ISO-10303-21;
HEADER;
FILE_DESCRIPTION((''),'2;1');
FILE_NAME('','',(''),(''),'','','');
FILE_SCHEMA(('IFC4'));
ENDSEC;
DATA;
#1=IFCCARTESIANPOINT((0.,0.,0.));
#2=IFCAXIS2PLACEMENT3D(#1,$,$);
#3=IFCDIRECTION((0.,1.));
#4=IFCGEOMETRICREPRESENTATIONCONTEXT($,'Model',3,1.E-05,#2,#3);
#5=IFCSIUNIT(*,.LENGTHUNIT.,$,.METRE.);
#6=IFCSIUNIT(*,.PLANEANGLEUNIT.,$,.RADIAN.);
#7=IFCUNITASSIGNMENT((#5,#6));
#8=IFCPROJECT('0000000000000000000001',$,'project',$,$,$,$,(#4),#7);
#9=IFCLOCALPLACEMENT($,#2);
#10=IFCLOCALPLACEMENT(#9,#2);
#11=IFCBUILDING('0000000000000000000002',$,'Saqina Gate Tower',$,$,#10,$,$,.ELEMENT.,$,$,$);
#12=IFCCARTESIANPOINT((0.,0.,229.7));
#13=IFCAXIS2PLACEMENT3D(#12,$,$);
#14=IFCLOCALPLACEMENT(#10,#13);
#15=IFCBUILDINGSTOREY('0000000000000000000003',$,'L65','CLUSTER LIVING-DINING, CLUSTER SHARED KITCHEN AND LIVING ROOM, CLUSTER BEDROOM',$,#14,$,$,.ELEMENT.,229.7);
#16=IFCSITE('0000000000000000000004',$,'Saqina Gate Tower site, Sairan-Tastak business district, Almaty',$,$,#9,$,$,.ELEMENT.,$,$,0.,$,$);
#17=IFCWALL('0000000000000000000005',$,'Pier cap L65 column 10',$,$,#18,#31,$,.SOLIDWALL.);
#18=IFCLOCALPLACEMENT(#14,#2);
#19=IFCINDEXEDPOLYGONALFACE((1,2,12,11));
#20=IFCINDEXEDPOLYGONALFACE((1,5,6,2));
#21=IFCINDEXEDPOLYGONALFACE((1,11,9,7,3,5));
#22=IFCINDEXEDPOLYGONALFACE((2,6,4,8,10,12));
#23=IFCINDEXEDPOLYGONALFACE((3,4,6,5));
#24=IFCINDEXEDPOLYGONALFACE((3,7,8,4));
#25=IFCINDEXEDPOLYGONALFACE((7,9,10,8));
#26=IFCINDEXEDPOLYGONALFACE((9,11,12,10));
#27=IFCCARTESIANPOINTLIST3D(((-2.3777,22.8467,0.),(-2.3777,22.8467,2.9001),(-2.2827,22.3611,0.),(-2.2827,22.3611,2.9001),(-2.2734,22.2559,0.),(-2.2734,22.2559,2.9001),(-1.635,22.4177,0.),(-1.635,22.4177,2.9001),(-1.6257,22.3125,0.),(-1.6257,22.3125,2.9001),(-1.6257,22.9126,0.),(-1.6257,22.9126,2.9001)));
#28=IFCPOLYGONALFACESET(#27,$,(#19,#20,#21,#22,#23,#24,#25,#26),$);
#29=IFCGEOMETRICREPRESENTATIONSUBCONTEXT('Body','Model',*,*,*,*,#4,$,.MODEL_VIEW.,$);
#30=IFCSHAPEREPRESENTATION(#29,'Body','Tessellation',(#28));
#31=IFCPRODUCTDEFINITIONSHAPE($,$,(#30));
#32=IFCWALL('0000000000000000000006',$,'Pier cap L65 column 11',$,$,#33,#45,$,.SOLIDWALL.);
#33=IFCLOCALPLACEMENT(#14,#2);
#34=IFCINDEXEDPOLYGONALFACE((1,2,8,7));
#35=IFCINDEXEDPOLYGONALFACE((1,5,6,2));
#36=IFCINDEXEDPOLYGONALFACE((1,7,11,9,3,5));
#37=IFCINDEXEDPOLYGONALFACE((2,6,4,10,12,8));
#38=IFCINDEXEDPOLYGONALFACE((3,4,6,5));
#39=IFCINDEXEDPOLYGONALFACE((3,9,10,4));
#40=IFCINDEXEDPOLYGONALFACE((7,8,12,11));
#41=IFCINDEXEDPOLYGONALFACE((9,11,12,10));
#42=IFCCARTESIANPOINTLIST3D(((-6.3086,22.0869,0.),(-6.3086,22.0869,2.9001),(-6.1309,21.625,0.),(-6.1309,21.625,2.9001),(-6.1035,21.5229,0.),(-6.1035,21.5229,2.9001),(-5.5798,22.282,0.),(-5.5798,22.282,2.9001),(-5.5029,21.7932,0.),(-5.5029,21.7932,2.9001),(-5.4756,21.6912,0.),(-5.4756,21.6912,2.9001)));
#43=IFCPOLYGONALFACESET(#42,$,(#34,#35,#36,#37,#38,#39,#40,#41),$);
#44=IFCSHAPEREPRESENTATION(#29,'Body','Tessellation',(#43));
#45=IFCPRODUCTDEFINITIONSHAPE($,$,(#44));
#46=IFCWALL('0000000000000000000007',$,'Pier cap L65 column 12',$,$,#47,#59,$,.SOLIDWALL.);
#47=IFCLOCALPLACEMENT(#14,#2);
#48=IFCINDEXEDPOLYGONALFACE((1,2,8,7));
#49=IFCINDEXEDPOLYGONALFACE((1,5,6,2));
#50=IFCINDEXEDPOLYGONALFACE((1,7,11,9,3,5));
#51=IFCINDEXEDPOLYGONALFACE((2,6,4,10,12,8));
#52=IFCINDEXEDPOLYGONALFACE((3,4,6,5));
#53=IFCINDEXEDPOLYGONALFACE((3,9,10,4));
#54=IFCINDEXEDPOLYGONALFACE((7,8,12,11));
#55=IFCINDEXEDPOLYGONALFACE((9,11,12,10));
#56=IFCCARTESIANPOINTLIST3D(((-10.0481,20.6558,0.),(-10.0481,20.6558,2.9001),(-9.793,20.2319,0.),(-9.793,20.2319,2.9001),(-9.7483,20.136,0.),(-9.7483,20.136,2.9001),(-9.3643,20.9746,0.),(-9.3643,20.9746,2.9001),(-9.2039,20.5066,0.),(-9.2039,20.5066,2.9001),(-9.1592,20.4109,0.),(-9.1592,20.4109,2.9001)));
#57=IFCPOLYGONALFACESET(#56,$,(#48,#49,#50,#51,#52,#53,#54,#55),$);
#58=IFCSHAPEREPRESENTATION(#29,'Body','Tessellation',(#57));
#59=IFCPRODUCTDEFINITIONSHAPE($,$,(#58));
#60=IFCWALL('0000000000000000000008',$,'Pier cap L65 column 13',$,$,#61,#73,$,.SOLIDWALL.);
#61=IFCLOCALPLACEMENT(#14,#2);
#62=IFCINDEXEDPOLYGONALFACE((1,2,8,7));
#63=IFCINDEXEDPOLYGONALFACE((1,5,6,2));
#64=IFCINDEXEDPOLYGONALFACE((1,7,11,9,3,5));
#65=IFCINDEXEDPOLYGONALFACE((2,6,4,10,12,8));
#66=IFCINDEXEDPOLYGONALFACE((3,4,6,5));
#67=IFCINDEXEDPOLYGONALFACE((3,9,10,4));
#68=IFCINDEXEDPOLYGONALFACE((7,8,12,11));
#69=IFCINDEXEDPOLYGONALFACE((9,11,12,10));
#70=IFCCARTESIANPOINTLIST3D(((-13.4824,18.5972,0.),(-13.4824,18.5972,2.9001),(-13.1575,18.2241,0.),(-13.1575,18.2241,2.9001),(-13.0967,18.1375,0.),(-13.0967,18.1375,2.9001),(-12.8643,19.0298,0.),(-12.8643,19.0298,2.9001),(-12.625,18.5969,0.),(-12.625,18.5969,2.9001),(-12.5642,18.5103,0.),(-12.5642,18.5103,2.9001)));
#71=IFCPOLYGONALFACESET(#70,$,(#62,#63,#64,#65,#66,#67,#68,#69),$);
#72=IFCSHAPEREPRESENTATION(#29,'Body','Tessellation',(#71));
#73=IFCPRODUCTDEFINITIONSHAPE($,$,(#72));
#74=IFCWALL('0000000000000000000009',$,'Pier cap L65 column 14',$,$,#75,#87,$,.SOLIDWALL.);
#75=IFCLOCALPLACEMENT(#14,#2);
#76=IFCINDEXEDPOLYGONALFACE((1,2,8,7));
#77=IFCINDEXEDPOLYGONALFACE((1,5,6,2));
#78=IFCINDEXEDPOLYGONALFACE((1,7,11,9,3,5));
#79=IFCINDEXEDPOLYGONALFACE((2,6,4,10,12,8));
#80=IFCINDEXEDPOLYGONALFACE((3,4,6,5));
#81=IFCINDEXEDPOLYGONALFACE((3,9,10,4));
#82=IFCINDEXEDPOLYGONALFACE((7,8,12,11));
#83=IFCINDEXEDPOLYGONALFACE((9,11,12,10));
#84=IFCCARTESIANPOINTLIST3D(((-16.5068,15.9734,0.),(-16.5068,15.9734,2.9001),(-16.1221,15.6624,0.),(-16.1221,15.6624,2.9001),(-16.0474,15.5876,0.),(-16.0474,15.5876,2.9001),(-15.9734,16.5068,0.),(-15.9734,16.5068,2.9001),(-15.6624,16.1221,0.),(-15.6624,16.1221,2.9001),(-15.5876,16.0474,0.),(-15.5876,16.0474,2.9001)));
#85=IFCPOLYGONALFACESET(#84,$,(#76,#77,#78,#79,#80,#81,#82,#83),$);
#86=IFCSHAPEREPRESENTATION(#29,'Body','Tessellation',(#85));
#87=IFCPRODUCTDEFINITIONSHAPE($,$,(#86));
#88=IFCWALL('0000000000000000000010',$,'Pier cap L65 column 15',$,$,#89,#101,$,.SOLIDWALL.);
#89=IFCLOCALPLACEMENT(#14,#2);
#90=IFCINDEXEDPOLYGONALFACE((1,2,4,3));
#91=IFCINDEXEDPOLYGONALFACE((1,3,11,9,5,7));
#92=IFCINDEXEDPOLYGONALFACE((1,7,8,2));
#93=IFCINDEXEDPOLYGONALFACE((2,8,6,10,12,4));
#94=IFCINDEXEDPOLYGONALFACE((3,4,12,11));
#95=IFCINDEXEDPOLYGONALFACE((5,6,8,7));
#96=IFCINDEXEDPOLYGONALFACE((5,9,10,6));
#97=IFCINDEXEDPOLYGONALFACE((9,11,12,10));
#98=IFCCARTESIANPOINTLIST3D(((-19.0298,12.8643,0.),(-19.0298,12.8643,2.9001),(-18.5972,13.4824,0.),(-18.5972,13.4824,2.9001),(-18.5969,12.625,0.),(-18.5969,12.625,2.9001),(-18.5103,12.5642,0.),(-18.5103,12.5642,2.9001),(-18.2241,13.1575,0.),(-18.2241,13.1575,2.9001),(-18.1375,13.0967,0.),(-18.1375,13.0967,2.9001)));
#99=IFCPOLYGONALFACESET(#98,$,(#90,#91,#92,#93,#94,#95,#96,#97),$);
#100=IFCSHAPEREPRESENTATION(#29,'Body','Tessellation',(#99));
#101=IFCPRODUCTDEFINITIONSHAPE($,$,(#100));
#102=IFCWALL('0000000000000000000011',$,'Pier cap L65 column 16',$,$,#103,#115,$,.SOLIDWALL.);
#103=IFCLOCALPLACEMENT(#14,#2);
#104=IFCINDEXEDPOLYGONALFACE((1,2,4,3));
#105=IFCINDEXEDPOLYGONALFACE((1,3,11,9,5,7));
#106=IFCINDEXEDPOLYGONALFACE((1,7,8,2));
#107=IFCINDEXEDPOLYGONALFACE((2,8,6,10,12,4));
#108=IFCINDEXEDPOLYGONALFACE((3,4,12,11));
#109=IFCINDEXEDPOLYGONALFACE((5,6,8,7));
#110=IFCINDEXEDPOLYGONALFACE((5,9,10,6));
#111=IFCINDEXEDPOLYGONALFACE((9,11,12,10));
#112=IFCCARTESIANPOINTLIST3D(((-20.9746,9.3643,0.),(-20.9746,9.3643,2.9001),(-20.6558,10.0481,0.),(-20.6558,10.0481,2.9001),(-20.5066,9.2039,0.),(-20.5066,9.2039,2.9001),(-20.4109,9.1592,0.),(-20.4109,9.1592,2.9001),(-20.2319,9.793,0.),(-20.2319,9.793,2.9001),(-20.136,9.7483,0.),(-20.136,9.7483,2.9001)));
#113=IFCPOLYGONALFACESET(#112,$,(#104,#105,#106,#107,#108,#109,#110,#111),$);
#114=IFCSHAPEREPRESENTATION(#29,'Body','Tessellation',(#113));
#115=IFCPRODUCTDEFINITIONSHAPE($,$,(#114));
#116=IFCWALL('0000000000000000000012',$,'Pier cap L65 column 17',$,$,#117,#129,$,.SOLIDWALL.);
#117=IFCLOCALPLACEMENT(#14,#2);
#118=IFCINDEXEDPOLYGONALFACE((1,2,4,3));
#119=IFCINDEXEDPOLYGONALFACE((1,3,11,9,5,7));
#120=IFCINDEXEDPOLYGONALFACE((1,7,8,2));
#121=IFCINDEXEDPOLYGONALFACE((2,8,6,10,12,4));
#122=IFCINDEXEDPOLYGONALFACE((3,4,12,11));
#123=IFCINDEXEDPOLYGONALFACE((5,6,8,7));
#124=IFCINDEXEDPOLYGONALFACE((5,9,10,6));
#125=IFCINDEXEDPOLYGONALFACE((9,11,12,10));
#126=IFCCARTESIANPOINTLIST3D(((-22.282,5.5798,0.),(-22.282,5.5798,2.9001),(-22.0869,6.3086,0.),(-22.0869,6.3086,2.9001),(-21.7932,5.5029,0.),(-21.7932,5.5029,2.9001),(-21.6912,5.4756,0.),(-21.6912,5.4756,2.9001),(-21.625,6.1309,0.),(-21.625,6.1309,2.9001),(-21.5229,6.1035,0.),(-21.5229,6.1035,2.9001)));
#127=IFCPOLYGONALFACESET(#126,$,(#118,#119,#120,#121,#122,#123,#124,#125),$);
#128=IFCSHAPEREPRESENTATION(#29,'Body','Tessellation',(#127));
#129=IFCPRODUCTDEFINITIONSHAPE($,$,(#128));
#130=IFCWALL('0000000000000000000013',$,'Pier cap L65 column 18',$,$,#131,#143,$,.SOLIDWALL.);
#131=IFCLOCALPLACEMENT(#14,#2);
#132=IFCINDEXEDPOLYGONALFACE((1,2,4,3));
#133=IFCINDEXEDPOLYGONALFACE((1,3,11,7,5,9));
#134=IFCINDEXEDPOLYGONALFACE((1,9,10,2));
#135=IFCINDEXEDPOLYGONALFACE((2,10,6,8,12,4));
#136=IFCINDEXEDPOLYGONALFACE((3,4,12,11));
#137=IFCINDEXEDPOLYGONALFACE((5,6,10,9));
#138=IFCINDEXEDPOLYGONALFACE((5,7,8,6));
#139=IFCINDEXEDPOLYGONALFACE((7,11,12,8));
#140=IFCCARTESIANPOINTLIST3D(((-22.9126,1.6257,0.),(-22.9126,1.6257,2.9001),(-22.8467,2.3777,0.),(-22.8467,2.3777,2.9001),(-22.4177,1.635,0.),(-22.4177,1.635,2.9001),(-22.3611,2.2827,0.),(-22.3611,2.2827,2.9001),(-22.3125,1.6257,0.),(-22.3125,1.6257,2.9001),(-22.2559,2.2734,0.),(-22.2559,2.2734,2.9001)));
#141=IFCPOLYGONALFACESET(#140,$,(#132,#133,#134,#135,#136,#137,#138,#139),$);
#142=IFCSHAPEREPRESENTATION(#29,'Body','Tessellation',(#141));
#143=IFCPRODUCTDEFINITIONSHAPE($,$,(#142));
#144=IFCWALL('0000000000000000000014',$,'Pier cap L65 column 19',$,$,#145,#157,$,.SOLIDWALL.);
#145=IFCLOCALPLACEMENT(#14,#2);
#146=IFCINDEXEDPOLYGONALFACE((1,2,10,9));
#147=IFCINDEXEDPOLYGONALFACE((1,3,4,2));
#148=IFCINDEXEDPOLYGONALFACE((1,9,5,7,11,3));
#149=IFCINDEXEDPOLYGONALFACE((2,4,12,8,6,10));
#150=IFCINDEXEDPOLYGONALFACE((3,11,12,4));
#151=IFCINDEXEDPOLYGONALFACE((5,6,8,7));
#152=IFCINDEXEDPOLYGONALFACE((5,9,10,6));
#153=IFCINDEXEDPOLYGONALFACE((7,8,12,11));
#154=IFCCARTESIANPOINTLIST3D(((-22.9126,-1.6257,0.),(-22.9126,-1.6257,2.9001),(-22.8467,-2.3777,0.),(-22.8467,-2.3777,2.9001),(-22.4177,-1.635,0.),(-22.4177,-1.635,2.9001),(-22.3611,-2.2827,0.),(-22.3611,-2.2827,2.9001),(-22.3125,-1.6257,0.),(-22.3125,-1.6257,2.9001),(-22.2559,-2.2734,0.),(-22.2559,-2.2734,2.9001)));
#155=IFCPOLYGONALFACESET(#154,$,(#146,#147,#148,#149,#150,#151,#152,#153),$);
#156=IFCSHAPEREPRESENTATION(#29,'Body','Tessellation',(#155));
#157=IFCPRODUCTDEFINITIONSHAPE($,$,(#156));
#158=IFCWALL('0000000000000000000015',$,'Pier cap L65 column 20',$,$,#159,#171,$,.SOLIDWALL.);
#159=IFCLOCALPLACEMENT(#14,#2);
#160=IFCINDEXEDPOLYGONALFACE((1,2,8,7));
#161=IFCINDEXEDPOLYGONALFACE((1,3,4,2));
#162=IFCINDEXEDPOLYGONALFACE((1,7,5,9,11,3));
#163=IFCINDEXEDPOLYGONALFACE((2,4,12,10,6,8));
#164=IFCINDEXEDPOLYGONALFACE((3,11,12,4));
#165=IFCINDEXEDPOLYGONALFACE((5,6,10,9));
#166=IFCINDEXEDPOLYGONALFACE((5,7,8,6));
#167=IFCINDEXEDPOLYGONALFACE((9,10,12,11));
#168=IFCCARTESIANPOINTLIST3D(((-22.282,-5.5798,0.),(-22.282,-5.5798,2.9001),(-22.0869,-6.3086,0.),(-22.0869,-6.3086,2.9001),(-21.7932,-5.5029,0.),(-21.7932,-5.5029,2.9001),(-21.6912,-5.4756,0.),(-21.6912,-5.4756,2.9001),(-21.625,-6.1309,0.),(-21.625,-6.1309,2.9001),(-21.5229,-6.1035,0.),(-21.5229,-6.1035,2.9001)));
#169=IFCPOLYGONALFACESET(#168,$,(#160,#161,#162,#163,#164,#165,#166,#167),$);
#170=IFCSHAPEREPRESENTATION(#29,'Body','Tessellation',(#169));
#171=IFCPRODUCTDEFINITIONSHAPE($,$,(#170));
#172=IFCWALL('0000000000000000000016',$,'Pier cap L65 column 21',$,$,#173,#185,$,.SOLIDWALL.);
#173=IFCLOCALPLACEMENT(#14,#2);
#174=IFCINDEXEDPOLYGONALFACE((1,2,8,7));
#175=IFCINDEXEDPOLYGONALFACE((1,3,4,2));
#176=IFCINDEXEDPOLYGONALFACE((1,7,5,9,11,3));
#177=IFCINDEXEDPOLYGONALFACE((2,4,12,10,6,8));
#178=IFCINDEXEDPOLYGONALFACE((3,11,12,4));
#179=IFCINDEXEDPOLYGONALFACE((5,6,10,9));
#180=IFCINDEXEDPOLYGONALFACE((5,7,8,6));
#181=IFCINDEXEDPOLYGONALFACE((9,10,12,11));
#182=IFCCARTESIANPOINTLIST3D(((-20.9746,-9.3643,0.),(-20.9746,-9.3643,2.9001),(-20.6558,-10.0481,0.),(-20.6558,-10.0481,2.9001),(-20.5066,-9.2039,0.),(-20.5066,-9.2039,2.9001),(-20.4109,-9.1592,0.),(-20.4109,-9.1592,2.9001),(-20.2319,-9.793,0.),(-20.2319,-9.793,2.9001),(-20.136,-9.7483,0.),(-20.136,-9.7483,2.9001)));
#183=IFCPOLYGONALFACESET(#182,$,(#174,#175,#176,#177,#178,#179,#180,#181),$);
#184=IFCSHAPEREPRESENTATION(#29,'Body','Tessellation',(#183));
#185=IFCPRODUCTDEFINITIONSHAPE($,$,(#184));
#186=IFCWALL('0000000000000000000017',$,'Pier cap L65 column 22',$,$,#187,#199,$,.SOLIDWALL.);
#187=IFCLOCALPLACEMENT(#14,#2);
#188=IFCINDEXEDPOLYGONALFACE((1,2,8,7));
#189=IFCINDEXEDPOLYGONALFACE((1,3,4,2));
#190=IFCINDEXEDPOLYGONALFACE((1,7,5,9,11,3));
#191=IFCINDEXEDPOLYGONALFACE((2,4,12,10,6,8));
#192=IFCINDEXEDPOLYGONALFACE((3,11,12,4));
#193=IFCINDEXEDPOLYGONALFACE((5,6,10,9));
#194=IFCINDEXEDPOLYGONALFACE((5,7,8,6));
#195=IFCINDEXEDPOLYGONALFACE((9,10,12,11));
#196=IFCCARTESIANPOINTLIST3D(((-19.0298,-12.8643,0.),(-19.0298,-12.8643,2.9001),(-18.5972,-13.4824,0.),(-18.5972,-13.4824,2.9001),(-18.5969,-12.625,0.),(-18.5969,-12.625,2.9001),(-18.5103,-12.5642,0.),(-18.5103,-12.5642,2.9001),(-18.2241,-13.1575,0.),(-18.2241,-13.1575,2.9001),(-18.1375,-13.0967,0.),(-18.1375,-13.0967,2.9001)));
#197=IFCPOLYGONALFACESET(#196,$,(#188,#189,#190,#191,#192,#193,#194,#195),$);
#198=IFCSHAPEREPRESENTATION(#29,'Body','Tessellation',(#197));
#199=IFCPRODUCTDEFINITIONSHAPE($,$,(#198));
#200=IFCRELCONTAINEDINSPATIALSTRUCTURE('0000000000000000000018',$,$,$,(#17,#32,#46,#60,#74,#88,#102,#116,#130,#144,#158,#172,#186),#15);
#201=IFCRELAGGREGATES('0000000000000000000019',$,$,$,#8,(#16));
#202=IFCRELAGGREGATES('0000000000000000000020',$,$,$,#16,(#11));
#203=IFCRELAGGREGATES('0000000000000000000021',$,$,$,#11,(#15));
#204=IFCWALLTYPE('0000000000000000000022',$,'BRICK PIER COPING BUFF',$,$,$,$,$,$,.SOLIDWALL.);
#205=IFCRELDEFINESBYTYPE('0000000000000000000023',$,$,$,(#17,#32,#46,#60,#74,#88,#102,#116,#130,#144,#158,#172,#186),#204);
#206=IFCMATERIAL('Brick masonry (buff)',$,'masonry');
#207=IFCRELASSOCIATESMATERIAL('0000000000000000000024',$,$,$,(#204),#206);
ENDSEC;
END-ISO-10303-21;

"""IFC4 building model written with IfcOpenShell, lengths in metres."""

from ifc_helpers import new_model, si_unit, direction, frame, origin, place, context, subcontext, project, spatial, polyline, outline, extrude, material, type_object, element, save


model = new_model("IFC4")

# Units and contexts
model_context = context("Model", 3, precision=1e-05, world=origin(), true_north=direction((0.0, 1.0)))
body_context = subcontext(model_context, "Body", "Model", "MODEL_VIEW")
ifc_project = project(units=[si_unit("LENGTHUNIT", "METRE"), si_unit("PLANEANGLEUNIT", "RADIAN")], contexts=[model_context])

# Site, building, storey
site_placement = place(None, origin())
site = spatial("IfcSite", under=ifc_project, at=site_placement, Name="Saqina Gate Tower site, Sairan-Tastak business district, Almaty", CompositionType="ELEMENT", RefElevation=0.0)
building_placement = place(site_placement, origin())
building = spatial("IfcBuilding", under=site, at=building_placement, Name="Saqina Gate Tower", CompositionType="ELEMENT")
storey_placement = place(building_placement, frame((0.0, 0.0, 229.7)))
storey = spatial("IfcBuildingStorey", under=building, at=storey_placement, Name="L65", Description="CLUSTER LIVING-DINING, CLUSTER SHARED KITCHEN AND LIVING ROOM, CLUSTER BEDROOM", CompositionType="ELEMENT", Elevation=229.7)

# Walls
ifc_material = material(Name="Brick masonry (buff)", Category="masonry")
wall_type = type_object("IfcWallType", Name="BRICK PIER COPING BUFF", PredefinedType="SOLIDWALL", material=ifc_material)
wall_1_placement = place(storey_placement, origin())
element("IfcWall", 1, at=wall_1_placement, inside=storey, type_object=wall_type, Name="Pier cap L65 column 10", PredefinedType="SOLIDWALL", context=body_context, shape_type="SweptSolid", body=[
    extrude(outline(polyline([(-1.6257, 22.9126), (-2.3777, 22.8467), (-2.2734, 22.2559), (-2.2827, 22.3611), (-1.635, 22.4177), (-1.6257, 22.3125), (-1.6257, 22.9126)])), origin(), (0.0, 0.0, 1.0), 2.9001),
])
wall_2_placement = place(storey_placement, origin())
element("IfcWall", 2, at=wall_2_placement, inside=storey, type_object=wall_type, Name="Pier cap L65 column 11", PredefinedType="SOLIDWALL", context=body_context, shape_type="SweptSolid", body=[
    extrude(outline(polyline([(-6.3086, 22.0869), (-6.1035, 21.5229), (-6.1309, 21.625), (-5.5029, 21.7932), (-5.4756, 21.6912), (-5.5798, 22.282), (-6.3086, 22.0869)])), origin(), (0.0, 0.0, 1.0), 2.9001),
])
wall_3_placement = place(storey_placement, origin())
element("IfcWall", 3, at=wall_3_placement, inside=storey, type_object=wall_type, Name="Pier cap L65 column 12", PredefinedType="SOLIDWALL", context=body_context, shape_type="SweptSolid", body=[
    extrude(outline(polyline([(-9.3643, 20.9746), (-10.0481, 20.6558), (-9.7483, 20.136), (-9.793, 20.2319), (-9.2039, 20.5066), (-9.1592, 20.4109), (-9.3643, 20.9746)])), origin(), (0.0, 0.0, 1.0), 2.9001),
])
wall_4_placement = place(storey_placement, origin())
element("IfcWall", 4, at=wall_4_placement, inside=storey, type_object=wall_type, Name="Pier cap L65 column 13", PredefinedType="SOLIDWALL", context=body_context, shape_type="SweptSolid", body=[
    extrude(outline(polyline([(-12.8643, 19.0298), (-13.4824, 18.5972), (-13.0967, 18.1375), (-13.1575, 18.2241), (-12.625, 18.5969), (-12.5642, 18.5103), (-12.8643, 19.0298)])), origin(), (0.0, 0.0, 1.0), 2.9001),
])
wall_5_placement = place(storey_placement, origin())
element("IfcWall", 5, at=wall_5_placement, inside=storey, type_object=wall_type, Name="Pier cap L65 column 14", PredefinedType="SOLIDWALL", context=body_context, shape_type="SweptSolid", body=[
    extrude(outline(polyline([(-16.5068, 15.9734), (-16.0474, 15.5876), (-16.1221, 15.6624), (-15.6624, 16.1221), (-15.5876, 16.0474), (-15.9734, 16.5068), (-16.5068, 15.9734)])), origin(), (0.0, 0.0, 1.0), 2.9001),
])
wall_6_placement = place(storey_placement, origin())
element("IfcWall", 6, at=wall_6_placement, inside=storey, type_object=wall_type, Name="Pier cap L65 column 15", PredefinedType="SOLIDWALL", context=body_context, shape_type="SweptSolid", body=[
    extrude(outline(polyline([(-19.0298, 12.8643), (-18.5103, 12.5642), (-18.5969, 12.625), (-18.2241, 13.1575), (-18.1375, 13.0967), (-18.5972, 13.4824), (-19.0298, 12.8643)])), origin(), (0.0, 0.0, 1.0), 2.9001),
])
wall_7_placement = place(storey_placement, origin())
element("IfcWall", 7, at=wall_7_placement, inside=storey, type_object=wall_type, Name="Pier cap L65 column 16", PredefinedType="SOLIDWALL", context=body_context, shape_type="SweptSolid", body=[
    extrude(outline(polyline([(-20.6558, 10.0481), (-20.9746, 9.3643), (-20.4109, 9.1592), (-20.5066, 9.2039), (-20.2319, 9.793), (-20.136, 9.7483), (-20.6558, 10.0481)])), origin(), (0.0, 0.0, 1.0), 2.9001),
])
wall_8_placement = place(storey_placement, origin())
element("IfcWall", 8, at=wall_8_placement, inside=storey, type_object=wall_type, Name="Pier cap L65 column 17", PredefinedType="SOLIDWALL", context=body_context, shape_type="SweptSolid", body=[
    extrude(outline(polyline([(-22.282, 5.5798), (-21.6912, 5.4756), (-21.7932, 5.5029), (-21.625, 6.1309), (-21.5229, 6.1035), (-22.0869, 6.3086), (-22.282, 5.5798)])), origin(), (0.0, 0.0, 1.0), 2.9001),
])
wall_9_placement = place(storey_placement, origin())
element("IfcWall", 9, at=wall_9_placement, inside=storey, type_object=wall_type, Name="Pier cap L65 column 18", PredefinedType="SOLIDWALL", context=body_context, shape_type="SweptSolid", body=[
    extrude(outline(polyline([(-22.8467, 2.3777), (-22.9126, 1.6257), (-22.3125, 1.6257), (-22.4177, 1.635), (-22.3611, 2.2827), (-22.2559, 2.2734), (-22.8467, 2.3777)])), origin(), (0.0, 0.0, 1.0), 2.9001),
])
wall_10_placement = place(storey_placement, origin())
element("IfcWall", 10, at=wall_10_placement, inside=storey, type_object=wall_type, Name="Pier cap L65 column 19", PredefinedType="SOLIDWALL", context=body_context, shape_type="SweptSolid", body=[
    extrude(outline(polyline([(-22.9126, -1.6257), (-22.8467, -2.3777), (-22.2559, -2.2734), (-22.3611, -2.2827), (-22.4177, -1.635), (-22.3125, -1.6257), (-22.9126, -1.6257)])), origin(), (0.0, 0.0, 1.0), 2.9001),
])
wall_11_placement = place(storey_placement, origin())
element("IfcWall", 11, at=wall_11_placement, inside=storey, type_object=wall_type, Name="Pier cap L65 column 20", PredefinedType="SOLIDWALL", context=body_context, shape_type="SweptSolid", body=[
    extrude(outline(polyline([(-22.0869, -6.3086), (-21.5229, -6.1035), (-21.625, -6.1309), (-21.7932, -5.5029), (-21.6912, -5.4756), (-22.282, -5.5798), (-22.0869, -6.3086)])), origin(), (0.0, 0.0, 1.0), 2.9001),
])
wall_12_placement = place(storey_placement, origin())
element("IfcWall", 12, at=wall_12_placement, inside=storey, type_object=wall_type, Name="Pier cap L65 column 21", PredefinedType="SOLIDWALL", context=body_context, shape_type="SweptSolid", body=[
    extrude(outline(polyline([(-20.9746, -9.3643), (-20.6558, -10.0481), (-20.136, -9.7483), (-20.2319, -9.793), (-20.5066, -9.2039), (-20.4109, -9.1592), (-20.9746, -9.3643)])), origin(), (0.0, 0.0, 1.0), 2.9001),
])
wall_13_placement = place(storey_placement, origin())
element("IfcWall", 13, at=wall_13_placement, inside=storey, type_object=wall_type, Name="Pier cap L65 column 22", PredefinedType="SOLIDWALL", context=body_context, shape_type="SweptSolid", body=[
    extrude(outline(polyline([(-19.0298, -12.8643), (-18.5972, -13.4824), (-18.1375, -13.0967), (-18.2241, -13.1575), (-18.5969, -12.625), (-18.5103, -12.5642), (-19.0298, -12.8643)])), origin(), (0.0, 0.0, 1.0), 2.9001),
])

save(model, "model.ifc")
